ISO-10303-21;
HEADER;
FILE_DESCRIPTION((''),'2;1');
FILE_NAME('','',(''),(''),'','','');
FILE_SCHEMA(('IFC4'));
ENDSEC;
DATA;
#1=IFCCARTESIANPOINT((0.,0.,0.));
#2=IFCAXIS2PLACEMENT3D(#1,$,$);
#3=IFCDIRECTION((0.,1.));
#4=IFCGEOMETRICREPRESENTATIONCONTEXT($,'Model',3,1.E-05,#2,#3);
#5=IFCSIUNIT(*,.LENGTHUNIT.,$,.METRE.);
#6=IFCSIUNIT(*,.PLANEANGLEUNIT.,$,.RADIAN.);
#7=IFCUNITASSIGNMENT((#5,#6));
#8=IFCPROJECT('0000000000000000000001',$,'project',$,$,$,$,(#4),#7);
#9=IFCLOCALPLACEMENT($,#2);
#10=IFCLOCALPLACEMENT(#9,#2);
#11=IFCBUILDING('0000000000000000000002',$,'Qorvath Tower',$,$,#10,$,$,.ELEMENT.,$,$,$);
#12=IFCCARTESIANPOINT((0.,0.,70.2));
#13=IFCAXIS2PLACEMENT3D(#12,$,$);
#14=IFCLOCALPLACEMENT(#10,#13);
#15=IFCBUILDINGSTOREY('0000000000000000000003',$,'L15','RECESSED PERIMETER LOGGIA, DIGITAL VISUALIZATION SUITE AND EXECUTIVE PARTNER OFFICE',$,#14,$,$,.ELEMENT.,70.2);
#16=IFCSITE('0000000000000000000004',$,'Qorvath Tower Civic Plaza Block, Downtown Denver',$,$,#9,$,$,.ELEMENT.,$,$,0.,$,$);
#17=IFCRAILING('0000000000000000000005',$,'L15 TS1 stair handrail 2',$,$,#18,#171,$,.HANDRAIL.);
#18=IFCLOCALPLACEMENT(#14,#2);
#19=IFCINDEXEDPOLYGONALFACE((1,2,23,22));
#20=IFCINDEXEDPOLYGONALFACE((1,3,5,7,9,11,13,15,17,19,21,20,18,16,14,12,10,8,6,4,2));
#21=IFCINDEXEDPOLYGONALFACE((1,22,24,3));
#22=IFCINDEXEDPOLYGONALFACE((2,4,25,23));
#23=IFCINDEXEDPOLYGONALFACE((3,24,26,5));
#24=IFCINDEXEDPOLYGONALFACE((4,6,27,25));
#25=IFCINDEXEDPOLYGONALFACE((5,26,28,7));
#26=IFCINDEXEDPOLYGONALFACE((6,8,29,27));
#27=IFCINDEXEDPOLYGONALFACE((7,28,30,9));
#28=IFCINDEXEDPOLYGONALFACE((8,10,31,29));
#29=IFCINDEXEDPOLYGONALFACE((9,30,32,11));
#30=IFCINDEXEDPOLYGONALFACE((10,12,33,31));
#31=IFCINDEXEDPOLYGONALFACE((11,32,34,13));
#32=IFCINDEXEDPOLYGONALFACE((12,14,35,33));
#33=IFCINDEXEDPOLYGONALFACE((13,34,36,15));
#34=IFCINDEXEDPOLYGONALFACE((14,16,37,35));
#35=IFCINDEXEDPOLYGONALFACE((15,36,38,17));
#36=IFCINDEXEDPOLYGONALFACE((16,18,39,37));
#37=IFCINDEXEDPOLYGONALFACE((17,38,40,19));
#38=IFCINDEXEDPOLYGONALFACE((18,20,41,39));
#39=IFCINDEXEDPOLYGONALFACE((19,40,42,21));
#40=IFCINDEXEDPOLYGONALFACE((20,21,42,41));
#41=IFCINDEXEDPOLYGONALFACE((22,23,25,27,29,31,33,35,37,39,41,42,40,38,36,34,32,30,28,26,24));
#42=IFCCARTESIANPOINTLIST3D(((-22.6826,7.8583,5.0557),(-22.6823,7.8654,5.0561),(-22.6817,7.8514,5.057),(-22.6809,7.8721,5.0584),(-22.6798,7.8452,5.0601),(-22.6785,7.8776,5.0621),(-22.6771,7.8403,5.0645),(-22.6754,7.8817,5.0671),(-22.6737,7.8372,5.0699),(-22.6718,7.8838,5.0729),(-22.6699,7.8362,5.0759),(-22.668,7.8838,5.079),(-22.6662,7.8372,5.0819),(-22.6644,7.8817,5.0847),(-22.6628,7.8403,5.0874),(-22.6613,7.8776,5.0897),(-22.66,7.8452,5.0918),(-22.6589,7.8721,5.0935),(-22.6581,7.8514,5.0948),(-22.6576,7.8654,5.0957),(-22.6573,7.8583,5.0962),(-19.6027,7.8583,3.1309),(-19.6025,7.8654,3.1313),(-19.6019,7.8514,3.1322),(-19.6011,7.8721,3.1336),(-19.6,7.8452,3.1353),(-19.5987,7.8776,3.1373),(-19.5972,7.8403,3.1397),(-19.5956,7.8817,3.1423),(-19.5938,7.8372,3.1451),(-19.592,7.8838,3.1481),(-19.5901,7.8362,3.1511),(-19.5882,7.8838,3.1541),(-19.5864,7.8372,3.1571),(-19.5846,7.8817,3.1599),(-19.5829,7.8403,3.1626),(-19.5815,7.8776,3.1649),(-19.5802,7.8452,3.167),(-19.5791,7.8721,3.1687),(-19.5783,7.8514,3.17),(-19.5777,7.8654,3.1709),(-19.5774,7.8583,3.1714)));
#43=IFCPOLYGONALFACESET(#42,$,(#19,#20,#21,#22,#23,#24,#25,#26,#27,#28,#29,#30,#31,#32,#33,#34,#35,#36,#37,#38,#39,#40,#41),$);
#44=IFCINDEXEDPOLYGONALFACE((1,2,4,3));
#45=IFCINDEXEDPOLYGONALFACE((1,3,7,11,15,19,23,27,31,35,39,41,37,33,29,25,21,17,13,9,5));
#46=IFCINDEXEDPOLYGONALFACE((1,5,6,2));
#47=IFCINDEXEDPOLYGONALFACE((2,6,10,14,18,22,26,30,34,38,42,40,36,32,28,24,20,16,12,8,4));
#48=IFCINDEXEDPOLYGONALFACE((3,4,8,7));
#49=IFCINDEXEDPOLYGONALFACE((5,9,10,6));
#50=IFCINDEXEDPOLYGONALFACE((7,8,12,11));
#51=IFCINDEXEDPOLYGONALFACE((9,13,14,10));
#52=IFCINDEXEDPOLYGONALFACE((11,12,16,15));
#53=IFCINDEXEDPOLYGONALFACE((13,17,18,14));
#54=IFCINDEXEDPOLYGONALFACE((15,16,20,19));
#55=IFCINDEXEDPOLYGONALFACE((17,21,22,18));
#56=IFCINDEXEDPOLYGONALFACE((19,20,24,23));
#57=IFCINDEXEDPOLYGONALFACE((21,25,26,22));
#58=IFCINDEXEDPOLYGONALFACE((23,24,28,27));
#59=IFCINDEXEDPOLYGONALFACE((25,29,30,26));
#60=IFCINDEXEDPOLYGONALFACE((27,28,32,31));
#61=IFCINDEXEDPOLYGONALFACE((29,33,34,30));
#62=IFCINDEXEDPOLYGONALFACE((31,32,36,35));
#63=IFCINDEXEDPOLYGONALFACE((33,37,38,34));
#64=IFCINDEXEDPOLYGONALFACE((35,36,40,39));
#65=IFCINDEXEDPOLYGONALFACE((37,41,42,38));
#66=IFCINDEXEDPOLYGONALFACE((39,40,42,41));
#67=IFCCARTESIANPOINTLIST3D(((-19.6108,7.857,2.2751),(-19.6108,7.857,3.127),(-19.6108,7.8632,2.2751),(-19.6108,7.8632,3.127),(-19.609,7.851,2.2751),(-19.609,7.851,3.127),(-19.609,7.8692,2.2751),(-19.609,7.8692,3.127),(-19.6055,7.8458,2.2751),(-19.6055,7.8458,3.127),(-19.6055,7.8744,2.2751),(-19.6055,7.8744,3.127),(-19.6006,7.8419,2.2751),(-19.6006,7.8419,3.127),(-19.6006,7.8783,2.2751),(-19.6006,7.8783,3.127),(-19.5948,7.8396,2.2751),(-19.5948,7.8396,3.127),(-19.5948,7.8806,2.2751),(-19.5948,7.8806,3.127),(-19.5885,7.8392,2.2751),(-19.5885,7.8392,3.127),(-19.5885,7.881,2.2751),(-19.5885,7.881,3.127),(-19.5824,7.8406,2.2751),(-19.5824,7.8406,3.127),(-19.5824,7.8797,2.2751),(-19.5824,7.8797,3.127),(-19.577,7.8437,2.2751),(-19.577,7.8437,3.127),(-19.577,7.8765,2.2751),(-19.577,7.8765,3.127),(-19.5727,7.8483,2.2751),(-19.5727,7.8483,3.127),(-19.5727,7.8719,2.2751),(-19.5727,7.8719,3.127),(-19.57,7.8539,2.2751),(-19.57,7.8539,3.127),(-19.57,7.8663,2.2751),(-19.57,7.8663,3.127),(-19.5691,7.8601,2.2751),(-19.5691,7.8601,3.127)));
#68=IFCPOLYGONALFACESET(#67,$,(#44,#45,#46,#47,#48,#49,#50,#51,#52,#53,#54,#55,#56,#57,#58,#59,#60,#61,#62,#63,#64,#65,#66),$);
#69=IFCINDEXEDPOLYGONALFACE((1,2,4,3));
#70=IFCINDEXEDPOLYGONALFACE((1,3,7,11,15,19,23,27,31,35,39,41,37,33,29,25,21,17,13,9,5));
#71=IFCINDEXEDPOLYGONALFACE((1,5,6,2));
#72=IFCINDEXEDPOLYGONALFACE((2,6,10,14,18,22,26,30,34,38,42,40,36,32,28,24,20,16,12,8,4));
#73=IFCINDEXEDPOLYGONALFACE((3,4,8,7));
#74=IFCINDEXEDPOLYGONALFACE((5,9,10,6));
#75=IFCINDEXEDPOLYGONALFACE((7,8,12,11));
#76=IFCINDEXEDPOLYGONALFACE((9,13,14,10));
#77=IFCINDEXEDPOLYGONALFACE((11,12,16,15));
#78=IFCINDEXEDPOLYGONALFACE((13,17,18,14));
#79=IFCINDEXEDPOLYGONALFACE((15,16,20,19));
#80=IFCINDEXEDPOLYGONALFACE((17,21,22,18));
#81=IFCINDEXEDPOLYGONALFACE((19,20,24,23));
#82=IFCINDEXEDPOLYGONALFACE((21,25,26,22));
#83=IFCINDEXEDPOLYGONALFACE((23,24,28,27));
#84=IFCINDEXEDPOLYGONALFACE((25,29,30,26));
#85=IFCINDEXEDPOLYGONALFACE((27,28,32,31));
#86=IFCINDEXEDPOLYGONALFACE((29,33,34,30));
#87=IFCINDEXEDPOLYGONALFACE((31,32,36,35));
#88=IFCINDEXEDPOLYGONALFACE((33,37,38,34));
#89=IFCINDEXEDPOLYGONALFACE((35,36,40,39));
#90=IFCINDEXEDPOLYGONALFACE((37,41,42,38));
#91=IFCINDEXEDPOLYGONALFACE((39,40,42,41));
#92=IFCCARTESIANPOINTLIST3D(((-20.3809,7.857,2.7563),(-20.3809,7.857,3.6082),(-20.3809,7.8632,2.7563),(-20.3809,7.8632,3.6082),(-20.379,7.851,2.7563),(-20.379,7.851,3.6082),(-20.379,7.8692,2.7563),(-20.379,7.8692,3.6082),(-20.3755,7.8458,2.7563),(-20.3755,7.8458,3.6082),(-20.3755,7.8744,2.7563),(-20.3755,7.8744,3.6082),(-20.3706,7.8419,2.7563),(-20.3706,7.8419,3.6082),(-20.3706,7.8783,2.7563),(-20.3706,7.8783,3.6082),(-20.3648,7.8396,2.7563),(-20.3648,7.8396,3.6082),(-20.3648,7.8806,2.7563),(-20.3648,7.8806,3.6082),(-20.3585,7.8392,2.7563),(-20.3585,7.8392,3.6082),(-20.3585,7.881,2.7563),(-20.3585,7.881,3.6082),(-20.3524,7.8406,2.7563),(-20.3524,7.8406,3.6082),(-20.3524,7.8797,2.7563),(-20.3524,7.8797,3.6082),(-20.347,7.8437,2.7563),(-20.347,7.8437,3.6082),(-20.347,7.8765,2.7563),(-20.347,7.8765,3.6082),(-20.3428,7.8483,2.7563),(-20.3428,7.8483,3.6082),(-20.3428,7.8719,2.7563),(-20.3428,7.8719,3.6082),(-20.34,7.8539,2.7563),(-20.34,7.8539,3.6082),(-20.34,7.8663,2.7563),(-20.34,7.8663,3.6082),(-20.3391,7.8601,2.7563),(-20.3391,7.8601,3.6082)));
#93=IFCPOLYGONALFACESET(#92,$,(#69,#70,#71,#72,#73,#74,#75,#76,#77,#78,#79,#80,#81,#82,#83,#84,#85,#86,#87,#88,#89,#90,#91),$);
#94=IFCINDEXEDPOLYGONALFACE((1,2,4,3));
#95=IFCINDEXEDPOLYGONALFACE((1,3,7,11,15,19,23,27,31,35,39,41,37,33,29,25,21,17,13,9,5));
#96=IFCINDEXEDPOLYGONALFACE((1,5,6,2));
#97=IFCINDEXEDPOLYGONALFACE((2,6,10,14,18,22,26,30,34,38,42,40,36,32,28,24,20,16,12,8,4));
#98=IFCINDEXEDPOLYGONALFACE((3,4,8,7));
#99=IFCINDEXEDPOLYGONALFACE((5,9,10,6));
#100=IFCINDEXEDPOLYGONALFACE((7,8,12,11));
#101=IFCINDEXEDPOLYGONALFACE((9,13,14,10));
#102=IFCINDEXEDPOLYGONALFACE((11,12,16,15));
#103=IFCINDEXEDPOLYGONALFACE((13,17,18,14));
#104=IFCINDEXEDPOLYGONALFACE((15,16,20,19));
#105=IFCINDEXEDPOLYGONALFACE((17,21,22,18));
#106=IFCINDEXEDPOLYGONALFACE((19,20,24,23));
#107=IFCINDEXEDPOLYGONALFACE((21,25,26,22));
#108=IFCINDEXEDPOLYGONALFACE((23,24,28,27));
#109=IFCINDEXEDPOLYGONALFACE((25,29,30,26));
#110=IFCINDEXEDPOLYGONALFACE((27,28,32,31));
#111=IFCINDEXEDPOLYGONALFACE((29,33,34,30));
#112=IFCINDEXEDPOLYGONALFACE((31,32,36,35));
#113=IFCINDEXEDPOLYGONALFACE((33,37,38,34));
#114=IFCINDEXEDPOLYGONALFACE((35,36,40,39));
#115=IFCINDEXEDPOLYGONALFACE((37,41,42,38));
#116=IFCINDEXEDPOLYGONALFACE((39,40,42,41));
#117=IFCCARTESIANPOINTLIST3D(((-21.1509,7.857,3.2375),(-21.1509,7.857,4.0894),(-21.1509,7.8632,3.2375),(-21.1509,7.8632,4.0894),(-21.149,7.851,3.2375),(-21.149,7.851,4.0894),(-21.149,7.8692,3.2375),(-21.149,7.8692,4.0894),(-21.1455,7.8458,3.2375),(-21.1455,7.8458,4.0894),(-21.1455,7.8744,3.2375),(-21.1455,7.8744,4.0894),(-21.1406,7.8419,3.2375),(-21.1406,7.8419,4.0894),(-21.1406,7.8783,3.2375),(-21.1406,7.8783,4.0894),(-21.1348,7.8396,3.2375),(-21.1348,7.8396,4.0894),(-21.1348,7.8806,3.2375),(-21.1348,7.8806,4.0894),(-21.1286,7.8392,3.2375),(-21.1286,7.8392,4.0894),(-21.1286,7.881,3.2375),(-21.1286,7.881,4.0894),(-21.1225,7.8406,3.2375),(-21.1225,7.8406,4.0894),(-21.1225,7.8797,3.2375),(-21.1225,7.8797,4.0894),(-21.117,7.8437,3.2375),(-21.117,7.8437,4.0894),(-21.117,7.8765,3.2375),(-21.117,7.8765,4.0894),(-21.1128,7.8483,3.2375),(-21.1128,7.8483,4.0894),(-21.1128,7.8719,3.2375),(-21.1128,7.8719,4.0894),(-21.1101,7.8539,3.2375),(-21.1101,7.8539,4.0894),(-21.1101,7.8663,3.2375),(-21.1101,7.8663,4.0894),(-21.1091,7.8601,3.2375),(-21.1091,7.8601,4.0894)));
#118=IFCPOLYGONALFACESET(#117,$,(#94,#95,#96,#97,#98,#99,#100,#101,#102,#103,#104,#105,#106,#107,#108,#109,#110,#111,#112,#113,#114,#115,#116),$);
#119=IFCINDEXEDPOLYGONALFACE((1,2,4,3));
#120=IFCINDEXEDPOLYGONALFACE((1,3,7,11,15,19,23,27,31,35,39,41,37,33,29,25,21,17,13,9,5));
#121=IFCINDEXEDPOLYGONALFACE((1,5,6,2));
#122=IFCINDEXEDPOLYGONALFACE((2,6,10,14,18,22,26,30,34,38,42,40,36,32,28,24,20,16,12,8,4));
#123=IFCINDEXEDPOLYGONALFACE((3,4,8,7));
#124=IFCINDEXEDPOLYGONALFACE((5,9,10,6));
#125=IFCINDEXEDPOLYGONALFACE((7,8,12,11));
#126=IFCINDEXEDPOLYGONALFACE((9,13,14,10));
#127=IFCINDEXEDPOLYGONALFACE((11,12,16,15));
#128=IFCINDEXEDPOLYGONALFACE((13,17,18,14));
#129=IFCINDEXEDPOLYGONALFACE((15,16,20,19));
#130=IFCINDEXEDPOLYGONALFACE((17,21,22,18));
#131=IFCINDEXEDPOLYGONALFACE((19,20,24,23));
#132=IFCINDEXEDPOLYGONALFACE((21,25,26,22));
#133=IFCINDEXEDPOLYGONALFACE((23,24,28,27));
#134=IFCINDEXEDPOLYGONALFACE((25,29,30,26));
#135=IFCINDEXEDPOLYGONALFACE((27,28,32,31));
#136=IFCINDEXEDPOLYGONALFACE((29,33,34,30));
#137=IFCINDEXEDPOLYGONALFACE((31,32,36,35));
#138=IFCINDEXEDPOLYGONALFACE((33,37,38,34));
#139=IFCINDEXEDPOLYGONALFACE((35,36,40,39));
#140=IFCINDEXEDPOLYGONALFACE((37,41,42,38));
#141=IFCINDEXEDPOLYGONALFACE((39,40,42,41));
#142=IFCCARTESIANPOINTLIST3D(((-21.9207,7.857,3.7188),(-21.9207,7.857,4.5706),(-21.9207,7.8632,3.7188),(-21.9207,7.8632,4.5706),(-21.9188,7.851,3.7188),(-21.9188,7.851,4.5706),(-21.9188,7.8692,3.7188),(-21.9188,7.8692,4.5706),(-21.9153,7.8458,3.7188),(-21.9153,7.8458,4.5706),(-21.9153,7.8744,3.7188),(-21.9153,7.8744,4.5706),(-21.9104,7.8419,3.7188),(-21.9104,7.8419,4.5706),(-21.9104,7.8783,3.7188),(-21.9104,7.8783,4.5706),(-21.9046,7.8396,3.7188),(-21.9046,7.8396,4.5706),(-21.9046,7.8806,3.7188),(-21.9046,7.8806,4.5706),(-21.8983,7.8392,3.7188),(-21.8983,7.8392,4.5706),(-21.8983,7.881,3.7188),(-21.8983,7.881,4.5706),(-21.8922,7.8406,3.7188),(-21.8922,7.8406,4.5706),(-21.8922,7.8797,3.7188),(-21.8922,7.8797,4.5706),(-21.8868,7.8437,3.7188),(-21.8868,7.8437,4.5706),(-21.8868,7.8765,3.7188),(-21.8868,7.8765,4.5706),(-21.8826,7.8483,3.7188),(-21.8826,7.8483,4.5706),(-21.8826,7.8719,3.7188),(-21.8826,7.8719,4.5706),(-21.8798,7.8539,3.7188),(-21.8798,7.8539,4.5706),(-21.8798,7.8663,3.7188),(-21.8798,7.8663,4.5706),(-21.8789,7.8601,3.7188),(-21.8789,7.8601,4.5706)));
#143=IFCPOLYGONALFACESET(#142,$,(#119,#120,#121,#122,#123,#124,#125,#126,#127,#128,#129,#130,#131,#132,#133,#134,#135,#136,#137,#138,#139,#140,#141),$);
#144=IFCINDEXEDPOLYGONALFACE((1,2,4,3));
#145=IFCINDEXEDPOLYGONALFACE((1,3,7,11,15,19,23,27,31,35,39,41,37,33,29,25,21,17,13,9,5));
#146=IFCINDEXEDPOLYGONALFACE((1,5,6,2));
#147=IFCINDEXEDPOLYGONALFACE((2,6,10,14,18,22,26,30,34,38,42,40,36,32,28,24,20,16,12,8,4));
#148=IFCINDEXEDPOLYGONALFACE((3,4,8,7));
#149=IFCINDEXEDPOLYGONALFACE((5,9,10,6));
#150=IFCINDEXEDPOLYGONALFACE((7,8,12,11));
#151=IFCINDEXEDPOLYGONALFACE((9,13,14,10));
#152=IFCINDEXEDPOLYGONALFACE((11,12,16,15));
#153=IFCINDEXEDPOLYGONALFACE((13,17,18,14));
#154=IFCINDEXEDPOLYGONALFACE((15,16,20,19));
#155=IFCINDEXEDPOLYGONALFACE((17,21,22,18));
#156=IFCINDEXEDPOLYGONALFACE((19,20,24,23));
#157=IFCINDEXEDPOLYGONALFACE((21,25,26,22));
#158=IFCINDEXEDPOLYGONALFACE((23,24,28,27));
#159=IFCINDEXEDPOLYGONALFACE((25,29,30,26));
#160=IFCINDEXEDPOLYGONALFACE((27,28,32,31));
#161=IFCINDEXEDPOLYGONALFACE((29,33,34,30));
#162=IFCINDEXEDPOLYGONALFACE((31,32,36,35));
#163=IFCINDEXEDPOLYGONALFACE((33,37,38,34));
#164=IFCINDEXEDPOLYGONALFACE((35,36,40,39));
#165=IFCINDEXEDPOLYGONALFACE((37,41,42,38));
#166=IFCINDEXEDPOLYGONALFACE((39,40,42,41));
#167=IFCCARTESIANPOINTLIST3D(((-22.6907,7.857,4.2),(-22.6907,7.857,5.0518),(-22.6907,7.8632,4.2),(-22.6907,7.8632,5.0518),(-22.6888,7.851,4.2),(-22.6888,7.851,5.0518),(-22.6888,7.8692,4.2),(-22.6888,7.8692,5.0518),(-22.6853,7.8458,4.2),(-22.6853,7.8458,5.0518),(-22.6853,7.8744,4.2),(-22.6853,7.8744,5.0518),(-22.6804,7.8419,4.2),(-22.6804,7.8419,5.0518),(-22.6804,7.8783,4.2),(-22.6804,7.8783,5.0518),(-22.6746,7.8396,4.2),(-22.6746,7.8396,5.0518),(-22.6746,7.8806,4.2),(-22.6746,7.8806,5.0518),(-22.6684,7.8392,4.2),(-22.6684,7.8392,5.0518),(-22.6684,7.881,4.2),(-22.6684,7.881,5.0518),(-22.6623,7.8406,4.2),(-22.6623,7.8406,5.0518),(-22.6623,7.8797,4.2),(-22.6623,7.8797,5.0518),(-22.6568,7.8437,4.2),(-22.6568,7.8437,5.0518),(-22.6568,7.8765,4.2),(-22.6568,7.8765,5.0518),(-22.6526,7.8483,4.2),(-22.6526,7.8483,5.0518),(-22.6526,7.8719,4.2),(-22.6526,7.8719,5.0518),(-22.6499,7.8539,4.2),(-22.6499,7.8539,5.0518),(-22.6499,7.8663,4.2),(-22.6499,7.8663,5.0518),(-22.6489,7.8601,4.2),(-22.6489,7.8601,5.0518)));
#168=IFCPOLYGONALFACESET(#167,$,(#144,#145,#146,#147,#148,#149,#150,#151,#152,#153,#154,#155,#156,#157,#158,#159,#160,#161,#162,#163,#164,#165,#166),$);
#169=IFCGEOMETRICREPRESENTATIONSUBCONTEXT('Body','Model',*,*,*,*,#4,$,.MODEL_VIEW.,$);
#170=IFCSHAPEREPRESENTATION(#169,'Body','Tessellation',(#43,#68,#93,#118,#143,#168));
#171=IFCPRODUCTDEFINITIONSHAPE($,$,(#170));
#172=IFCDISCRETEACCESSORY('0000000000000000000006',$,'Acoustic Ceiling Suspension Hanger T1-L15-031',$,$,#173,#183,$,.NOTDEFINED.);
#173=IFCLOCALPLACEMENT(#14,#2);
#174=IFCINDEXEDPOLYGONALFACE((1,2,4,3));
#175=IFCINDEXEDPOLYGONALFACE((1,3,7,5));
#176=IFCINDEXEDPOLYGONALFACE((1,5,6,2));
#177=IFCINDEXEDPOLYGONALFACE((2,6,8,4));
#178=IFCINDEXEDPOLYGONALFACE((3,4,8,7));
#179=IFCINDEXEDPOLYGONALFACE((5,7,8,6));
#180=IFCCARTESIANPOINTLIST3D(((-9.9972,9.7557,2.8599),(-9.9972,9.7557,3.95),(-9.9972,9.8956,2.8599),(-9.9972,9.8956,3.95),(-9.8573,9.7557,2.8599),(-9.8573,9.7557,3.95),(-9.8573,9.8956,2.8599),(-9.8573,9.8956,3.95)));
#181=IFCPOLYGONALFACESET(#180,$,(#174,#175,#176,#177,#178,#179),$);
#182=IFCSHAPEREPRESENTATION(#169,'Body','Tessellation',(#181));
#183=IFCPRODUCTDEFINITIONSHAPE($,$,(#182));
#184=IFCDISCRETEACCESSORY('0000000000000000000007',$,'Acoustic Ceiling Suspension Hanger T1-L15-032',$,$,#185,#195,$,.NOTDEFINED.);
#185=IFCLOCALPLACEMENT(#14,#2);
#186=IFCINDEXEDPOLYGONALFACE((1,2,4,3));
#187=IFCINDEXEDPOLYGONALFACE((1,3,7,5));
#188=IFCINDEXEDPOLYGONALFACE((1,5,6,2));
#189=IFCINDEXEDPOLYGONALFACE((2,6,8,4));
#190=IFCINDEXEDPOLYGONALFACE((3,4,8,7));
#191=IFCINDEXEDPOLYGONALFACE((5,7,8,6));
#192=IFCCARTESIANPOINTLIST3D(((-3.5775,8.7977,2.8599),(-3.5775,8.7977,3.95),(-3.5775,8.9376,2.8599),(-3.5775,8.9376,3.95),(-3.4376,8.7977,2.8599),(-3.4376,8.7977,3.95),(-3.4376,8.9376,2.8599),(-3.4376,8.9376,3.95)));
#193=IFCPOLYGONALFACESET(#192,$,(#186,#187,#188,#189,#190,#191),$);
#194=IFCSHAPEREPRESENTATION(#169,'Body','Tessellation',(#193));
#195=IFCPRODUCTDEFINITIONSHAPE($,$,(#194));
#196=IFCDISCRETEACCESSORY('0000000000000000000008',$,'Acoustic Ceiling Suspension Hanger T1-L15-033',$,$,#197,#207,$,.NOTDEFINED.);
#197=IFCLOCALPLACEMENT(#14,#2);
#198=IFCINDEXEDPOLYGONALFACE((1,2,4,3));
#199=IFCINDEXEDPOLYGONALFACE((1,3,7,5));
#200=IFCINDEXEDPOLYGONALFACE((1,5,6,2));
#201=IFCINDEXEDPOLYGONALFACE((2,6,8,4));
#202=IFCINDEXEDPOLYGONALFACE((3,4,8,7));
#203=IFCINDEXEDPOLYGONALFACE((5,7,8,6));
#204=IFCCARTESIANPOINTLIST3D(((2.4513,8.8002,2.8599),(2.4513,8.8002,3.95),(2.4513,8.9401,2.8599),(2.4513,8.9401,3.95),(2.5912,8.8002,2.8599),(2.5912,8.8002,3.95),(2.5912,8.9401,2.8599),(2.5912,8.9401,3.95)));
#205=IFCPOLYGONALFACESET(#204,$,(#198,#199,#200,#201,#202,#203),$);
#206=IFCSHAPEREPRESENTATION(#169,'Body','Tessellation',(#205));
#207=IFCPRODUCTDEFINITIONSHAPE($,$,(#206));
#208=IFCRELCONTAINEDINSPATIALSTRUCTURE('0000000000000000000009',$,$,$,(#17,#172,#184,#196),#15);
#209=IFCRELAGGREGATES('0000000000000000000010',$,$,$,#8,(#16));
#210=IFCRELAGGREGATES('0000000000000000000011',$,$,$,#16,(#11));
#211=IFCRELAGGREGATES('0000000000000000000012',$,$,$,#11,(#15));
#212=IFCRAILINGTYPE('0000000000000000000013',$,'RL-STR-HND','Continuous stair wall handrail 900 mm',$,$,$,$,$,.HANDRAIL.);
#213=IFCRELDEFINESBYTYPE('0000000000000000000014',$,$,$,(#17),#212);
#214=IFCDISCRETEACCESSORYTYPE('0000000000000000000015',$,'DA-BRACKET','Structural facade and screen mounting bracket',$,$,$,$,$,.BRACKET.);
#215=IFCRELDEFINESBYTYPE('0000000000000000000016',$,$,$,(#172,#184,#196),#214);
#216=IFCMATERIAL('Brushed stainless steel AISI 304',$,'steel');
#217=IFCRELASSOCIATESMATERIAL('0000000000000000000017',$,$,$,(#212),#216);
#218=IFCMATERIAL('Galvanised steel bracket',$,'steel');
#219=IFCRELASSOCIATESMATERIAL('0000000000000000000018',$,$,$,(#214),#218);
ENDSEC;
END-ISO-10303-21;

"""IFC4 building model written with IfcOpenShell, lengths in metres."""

from ifc_helpers import new_model, si_unit, direction, frame, origin, origin_2d, place, context, subcontext, project, spatial, rectangle, circle, extrude, material, type_object, element, save


model = new_model("IFC4")

# Units and contexts
model_context = context("Model", 3, precision=1e-05, world=origin(), true_north=direction((0.0, 1.0)))
body_context = subcontext(model_context, "Body", "Model", "MODEL_VIEW")
ifc_project = project(units=[si_unit("LENGTHUNIT", "METRE"), si_unit("PLANEANGLEUNIT", "RADIAN")], contexts=[model_context])

# Site, building, storey
site_placement = place(None, origin())
site = spatial("IfcSite", under=ifc_project, at=site_placement, Name="Qorvath Tower Civic Plaza Block, Downtown Denver", CompositionType="ELEMENT", RefElevation=0.0)
building_placement = place(site_placement, origin())
building = spatial("IfcBuilding", under=site, at=building_placement, Name="Qorvath Tower", CompositionType="ELEMENT")
storey_placement = place(building_placement, frame((0.0, 0.0, 70.2)))
storey = spatial("IfcBuildingStorey", under=building, at=storey_placement, Name="L15", Description="RECESSED PERIMETER LOGGIA, DIGITAL VISUALIZATION SUITE AND EXECUTIVE PARTNER OFFICE", CompositionType="ELEMENT", Elevation=70.2)

# Railing
ifc_material_1 = material(Name="Brushed stainless steel AISI 304", Category="steel")
railing_type_1 = type_object("IfcRailingType", Name="RL-STR-HND", Description="Continuous stair wall handrail 900 mm", PredefinedType="HANDRAIL", material=ifc_material_1)
railing_1_placement = place(storey_placement, frame((-19.5901, 7.8601, 2.2751)))
element("IfcRailing", 1, at=railing_1_placement, inside=storey, type_object=railing_type_1, Name="L15 TS1 stair handrail 2", PredefinedType="HANDRAIL", context=body_context, shape_type="SweptSolid", body=[
    extrude(circle(Radius=0.0239, at=origin_2d()), frame((0.0, 0.0, 0.876), z_axis=(-0.84801, 0.0, 0.529981), x_axis=(0.0, -1.0, 0.0)), (0.0, 0.0, 1.0), 3.6318),
    extrude(circle(Radius=0.021, at=origin_2d()), origin(), (0.0, 0.0, 1.0), 0.8518),
    extrude(circle(Radius=0.021, at=origin_2d()), frame((-0.77, 0.0, 0.4812)), (0.0, 0.0, 1.0), 0.8518),
    extrude(circle(Radius=0.021, at=origin_2d()), frame((-1.54, 0.0, 0.9624)), (0.0, 0.0, 1.0), 0.8518),
    extrude(circle(Radius=0.021, at=origin_2d()), frame((-2.3098, 0.0, 1.4436)), (0.0, 0.0, 1.0), 0.8518),
    extrude(circle(Radius=0.021, at=origin_2d()), frame((-3.0798, 0.0, 1.9248)), (0.0, 0.0, 1.0), 0.8518),
])

# Discrete accessories
ifc_material_2 = material(Name="Galvanised steel bracket", Category="steel")
discrete_accessory_type = type_object("IfcDiscreteAccessoryType", Name="DA-BRACKET", Description="Structural facade and screen mounting bracket", PredefinedType="BRACKET", material=ifc_material_2)
for number, where, z_axis, x_axis, name in (
    (2, (-9.9272, 9.8257, 2.8599), (0.0, 0.0, 1.0), (1.0, 0.0, 0.0), "Acoustic Ceiling Suspension Hanger T1-L15-031"),
    (3, (-3.5076, 8.8677, 2.8599), (0.0, 0.0, 1.0), (1.0, 0.0, 0.0), "Acoustic Ceiling Suspension Hanger T1-L15-032"),
    (4, (2.5212, 8.8701, 2.8599), (0.0, 0.0, 1.0), (1.0, 0.0, 0.0), "Acoustic Ceiling Suspension Hanger T1-L15-033"),
):
    element("IfcDiscreteAccessory", number, at=place(storey_placement, frame(where, z_axis=z_axis, x_axis=x_axis)), inside=storey, type_object=discrete_accessory_type, Name=name, PredefinedType="NOTDEFINED", context=body_context, shape_type="SweptSolid", body=[
        extrude(rectangle(XDim=0.1399, YDim=0.1399, at=origin_2d()), origin(), (0.0, 0.0, 1.0), 1.0901),
    ])

save(model, "model.ifc")
